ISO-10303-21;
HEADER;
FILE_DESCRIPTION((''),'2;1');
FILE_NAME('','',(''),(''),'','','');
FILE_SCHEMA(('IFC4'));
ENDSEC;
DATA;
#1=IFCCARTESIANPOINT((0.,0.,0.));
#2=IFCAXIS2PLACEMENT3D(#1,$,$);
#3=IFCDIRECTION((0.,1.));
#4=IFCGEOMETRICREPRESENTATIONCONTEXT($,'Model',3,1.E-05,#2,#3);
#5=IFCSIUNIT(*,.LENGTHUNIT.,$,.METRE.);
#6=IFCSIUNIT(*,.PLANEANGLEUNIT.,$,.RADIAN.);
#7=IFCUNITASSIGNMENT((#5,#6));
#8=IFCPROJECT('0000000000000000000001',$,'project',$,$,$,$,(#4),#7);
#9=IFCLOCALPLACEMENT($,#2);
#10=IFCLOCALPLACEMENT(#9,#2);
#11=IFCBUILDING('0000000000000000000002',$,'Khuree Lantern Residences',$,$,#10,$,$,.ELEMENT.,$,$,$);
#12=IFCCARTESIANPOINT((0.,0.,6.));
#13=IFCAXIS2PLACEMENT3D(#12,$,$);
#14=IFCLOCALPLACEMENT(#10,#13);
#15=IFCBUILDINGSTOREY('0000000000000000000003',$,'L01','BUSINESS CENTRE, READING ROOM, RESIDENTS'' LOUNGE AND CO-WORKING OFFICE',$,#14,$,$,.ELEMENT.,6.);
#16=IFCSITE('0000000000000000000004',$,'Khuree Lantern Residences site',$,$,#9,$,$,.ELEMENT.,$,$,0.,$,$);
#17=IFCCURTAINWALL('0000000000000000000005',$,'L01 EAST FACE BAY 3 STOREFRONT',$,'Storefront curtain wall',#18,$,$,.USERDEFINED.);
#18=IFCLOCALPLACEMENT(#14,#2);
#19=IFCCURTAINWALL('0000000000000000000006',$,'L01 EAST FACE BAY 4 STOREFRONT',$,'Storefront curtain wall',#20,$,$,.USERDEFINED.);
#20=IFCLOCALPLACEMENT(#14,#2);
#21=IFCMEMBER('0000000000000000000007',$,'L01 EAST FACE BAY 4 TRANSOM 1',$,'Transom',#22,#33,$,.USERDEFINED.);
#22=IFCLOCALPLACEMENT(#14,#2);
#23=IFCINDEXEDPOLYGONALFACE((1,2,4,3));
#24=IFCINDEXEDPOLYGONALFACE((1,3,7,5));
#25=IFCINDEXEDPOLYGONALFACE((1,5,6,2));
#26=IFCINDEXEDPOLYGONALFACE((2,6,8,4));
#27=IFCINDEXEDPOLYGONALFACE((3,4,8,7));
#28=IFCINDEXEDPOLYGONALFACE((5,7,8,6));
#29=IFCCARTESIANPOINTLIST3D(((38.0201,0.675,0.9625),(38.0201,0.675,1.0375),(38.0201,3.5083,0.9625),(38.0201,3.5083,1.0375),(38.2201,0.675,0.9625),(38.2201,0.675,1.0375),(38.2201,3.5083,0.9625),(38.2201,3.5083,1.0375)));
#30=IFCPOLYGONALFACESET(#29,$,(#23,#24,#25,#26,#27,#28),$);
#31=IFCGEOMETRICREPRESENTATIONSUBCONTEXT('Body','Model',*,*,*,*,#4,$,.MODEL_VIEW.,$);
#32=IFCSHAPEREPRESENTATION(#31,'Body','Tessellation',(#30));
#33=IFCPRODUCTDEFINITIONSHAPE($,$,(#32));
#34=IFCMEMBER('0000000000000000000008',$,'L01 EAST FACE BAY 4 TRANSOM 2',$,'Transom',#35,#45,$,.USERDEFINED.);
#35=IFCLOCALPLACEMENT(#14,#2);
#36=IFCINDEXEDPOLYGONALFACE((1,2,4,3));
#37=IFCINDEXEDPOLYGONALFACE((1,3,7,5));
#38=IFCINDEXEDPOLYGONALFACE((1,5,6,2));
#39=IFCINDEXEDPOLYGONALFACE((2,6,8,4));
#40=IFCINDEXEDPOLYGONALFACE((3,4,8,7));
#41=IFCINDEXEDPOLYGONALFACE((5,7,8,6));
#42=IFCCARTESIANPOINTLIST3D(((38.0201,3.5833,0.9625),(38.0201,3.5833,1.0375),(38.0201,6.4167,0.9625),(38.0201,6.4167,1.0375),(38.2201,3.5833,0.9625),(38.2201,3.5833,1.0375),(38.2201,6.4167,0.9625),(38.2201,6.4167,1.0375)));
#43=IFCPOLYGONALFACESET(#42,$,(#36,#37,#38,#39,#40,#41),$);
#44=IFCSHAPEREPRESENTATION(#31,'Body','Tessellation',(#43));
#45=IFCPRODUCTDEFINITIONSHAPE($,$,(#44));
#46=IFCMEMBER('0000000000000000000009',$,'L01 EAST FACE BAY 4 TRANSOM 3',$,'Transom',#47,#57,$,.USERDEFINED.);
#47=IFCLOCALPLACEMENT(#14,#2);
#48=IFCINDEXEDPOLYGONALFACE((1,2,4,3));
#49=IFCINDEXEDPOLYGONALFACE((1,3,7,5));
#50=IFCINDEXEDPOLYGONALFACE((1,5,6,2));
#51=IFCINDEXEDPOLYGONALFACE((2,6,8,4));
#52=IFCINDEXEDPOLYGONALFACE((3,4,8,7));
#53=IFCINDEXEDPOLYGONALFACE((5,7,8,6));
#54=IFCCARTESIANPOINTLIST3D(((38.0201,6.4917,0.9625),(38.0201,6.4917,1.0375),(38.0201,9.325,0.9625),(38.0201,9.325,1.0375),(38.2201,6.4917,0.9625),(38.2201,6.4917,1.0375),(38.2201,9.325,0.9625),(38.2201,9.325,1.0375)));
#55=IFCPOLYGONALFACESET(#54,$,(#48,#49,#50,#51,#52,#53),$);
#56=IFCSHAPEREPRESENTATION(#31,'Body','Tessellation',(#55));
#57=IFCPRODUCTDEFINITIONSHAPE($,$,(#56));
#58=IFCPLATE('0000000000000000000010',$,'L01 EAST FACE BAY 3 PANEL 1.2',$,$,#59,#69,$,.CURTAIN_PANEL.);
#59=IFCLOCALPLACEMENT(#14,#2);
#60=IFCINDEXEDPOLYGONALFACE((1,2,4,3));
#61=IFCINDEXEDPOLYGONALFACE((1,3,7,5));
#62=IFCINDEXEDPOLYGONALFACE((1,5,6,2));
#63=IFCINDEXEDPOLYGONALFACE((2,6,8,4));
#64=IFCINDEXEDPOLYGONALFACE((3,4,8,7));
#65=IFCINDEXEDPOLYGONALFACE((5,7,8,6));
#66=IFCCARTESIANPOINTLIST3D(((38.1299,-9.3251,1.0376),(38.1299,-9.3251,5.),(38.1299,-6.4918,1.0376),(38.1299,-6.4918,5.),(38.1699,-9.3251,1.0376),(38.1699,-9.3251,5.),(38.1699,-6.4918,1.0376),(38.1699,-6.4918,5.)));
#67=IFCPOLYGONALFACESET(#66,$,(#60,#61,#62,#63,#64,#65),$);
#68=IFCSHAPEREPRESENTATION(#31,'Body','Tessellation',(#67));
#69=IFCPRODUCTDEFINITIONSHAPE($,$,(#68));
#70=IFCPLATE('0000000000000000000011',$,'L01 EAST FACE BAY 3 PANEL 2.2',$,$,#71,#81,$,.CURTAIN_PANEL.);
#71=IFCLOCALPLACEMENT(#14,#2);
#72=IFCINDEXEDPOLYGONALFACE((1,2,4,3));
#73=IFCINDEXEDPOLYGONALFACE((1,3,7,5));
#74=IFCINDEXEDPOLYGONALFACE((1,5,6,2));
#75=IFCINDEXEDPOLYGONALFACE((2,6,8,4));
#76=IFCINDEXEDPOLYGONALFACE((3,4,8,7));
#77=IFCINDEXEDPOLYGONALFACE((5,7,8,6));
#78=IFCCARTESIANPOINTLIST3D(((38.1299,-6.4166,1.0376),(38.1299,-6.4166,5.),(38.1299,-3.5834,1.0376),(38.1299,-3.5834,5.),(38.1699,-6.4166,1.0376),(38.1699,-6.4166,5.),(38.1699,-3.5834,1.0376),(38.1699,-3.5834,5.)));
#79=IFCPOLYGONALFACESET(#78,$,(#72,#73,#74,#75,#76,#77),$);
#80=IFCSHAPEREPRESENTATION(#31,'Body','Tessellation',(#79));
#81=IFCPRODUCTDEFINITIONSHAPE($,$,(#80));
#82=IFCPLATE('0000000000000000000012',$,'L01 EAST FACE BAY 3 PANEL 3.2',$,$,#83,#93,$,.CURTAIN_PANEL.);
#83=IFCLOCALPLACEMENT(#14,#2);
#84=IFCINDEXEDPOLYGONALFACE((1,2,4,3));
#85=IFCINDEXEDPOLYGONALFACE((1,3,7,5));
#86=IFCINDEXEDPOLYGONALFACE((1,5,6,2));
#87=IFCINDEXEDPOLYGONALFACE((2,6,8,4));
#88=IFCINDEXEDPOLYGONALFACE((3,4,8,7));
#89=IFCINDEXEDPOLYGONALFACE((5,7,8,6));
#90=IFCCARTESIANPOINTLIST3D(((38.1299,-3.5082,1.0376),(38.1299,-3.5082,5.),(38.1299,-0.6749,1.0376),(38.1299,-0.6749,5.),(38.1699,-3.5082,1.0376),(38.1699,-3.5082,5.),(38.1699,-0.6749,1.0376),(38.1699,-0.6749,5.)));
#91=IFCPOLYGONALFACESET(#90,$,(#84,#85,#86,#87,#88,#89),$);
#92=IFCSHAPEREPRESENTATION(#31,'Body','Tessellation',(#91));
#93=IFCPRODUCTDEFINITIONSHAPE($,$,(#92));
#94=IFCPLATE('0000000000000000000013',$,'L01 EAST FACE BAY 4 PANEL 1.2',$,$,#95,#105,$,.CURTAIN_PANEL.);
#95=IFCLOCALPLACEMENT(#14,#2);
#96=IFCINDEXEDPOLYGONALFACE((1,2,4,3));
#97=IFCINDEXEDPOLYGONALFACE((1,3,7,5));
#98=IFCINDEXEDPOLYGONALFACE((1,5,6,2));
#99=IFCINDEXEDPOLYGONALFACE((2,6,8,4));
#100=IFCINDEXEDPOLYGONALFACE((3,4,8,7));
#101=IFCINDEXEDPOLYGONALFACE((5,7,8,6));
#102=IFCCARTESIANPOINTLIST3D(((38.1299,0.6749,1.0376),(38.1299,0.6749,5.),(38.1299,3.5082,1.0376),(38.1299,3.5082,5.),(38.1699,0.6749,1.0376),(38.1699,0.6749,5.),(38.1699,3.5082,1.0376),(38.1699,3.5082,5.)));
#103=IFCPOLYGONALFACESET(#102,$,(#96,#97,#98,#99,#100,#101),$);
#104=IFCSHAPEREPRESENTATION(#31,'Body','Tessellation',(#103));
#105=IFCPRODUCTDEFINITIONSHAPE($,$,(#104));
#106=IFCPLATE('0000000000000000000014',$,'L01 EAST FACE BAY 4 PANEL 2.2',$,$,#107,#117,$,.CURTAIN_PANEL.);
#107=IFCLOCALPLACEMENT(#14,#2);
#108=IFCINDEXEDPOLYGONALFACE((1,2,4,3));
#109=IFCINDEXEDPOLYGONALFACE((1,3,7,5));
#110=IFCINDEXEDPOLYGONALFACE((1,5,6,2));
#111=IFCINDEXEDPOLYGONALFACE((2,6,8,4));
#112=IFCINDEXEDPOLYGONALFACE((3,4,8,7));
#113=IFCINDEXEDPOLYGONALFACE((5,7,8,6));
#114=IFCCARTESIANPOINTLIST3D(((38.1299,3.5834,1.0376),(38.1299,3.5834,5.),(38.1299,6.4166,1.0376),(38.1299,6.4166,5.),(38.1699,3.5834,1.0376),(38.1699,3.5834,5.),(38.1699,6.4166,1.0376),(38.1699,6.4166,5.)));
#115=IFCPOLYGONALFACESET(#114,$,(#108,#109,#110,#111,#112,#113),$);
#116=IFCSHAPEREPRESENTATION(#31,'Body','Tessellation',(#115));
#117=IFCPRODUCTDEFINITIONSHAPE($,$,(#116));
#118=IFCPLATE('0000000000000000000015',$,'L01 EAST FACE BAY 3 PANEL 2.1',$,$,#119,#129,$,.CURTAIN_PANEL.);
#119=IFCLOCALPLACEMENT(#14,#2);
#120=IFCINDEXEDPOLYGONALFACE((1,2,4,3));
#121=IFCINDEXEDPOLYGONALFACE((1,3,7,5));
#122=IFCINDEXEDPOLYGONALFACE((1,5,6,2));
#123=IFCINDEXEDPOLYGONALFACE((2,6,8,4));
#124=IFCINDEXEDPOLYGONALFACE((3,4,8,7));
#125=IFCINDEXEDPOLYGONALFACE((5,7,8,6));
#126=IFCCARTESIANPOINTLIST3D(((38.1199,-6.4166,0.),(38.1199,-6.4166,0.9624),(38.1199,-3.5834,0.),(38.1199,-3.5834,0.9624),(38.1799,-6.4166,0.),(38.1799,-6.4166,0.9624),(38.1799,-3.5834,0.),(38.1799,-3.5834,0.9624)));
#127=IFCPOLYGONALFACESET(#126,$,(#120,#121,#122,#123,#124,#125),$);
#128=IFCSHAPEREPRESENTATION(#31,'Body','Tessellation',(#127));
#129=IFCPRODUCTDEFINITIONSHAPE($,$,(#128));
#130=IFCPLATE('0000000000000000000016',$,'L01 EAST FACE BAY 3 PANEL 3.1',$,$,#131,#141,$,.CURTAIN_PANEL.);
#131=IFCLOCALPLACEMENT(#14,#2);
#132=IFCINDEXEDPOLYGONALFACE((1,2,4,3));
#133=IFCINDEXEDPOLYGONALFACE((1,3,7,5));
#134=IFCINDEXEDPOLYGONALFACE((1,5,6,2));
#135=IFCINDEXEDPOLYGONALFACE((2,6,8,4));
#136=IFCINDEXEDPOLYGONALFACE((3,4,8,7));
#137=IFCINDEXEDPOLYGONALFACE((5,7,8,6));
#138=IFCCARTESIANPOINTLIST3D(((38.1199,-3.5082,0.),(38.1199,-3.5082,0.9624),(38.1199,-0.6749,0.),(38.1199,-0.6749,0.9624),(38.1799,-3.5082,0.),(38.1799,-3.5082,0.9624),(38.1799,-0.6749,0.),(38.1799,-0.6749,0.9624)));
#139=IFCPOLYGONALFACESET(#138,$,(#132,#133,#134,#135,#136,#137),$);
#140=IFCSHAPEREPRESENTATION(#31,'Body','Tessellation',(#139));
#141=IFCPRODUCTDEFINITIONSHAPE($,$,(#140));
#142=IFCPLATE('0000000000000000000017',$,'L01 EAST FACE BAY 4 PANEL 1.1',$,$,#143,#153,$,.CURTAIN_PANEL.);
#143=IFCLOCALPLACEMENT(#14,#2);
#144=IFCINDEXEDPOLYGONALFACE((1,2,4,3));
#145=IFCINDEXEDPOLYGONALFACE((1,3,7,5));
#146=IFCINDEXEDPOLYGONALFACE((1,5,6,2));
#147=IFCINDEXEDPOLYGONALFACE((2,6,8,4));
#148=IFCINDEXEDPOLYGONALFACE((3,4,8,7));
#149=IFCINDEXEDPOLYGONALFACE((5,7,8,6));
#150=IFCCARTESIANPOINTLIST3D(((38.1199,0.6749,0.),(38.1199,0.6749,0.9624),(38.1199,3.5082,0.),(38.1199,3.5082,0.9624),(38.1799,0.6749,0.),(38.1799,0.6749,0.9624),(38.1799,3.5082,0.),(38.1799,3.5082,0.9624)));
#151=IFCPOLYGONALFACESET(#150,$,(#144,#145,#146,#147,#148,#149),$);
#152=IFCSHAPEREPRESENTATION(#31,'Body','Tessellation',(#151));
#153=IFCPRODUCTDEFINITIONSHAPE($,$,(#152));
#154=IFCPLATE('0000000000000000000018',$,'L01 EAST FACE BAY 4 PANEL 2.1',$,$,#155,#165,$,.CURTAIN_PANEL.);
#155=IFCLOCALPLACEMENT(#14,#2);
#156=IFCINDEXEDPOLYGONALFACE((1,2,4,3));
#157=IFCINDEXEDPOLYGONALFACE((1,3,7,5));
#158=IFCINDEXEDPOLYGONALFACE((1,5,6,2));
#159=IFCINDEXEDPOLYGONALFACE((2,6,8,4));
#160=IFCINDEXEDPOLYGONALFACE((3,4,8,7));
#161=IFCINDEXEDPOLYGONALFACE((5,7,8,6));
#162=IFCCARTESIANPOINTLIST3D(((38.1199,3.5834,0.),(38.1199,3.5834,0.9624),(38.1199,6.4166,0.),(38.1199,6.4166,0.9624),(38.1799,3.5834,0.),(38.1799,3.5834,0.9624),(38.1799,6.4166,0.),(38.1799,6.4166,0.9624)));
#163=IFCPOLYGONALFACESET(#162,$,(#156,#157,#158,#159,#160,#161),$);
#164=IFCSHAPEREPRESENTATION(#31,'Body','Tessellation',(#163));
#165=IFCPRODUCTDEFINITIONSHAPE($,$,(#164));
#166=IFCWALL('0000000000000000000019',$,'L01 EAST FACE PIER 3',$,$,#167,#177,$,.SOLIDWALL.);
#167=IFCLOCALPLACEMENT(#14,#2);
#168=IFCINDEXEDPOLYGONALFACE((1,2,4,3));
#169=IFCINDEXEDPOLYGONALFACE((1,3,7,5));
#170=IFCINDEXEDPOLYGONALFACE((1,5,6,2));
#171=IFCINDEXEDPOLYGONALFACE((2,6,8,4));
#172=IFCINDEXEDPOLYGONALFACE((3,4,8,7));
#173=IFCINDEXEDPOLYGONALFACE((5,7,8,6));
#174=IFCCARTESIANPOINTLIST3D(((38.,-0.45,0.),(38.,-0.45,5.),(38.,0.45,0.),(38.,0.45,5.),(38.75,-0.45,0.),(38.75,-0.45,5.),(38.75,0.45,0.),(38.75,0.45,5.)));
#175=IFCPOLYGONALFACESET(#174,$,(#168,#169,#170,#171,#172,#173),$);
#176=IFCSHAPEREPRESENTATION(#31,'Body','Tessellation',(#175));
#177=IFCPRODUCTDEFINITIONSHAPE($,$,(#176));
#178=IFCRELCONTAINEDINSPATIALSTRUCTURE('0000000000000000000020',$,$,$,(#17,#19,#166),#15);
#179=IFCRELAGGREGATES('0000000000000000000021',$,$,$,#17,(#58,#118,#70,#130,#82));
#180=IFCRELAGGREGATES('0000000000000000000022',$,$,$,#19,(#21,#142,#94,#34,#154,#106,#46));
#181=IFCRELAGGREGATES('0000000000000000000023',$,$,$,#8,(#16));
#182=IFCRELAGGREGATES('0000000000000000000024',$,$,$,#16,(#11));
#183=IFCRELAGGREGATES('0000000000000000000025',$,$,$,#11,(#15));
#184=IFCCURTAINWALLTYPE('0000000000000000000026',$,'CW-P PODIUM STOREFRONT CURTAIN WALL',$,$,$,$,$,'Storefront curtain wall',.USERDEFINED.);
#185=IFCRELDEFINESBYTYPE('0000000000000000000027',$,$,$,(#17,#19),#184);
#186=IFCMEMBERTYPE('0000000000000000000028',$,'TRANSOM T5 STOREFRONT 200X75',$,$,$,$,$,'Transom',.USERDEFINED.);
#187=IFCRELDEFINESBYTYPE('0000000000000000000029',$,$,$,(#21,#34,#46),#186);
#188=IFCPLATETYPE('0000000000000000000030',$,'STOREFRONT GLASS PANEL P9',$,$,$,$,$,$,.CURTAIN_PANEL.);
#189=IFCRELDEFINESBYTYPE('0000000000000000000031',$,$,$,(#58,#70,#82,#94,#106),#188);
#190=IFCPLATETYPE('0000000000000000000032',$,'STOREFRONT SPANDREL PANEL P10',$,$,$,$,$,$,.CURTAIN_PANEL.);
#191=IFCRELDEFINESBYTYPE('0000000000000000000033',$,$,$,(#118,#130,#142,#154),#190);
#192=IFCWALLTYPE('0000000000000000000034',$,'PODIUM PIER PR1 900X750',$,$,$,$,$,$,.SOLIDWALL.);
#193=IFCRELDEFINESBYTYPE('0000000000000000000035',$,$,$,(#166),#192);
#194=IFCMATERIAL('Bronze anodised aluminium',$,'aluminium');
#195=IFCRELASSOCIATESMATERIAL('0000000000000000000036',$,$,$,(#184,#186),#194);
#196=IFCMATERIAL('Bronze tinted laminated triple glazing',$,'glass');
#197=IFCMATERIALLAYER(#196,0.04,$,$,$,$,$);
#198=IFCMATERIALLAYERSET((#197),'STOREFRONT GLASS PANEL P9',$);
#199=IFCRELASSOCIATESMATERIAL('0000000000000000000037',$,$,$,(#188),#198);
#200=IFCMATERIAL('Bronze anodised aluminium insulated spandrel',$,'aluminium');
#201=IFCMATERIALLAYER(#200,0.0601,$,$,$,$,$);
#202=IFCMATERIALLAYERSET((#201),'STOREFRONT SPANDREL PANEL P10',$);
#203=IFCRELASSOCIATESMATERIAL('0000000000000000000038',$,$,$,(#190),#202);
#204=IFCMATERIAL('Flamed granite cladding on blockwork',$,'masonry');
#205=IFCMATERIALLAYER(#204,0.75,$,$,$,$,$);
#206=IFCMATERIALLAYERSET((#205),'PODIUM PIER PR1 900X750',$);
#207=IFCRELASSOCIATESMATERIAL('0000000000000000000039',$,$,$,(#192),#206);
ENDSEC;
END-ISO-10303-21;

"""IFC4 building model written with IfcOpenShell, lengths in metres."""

from ifc_helpers import new_model, si_unit, direction, frame, frame_2d, origin, origin_2d, place, context, subcontext, project, spatial, rectangle, extrude, material, layer, layer_set, material_profile, profile_set, type_object, element, aggregate, save


model = new_model("IFC4")

# Units and contexts
model_context = context("Model", 3, precision=1e-05, world=origin(), true_north=direction((0.0, 1.0)))
body_context = subcontext(model_context, "Body", "Model", "MODEL_VIEW")
ifc_project = project(units=[si_unit("LENGTHUNIT", "METRE"), si_unit("PLANEANGLEUNIT", "RADIAN")], contexts=[model_context])

# Site, building, storey
site_placement = place(None, origin())
site = spatial("IfcSite", under=ifc_project, at=site_placement, Name="Khuree Lantern Residences site", CompositionType="ELEMENT", RefElevation=0.0)
building_placement = place(site_placement, origin())
building = spatial("IfcBuilding", under=site, at=building_placement, Name="Khuree Lantern Residences", CompositionType="ELEMENT")
storey_placement = place(building_placement, frame((0.0, 0.0, 6.0)))
storey = spatial("IfcBuildingStorey", under=building, at=storey_placement, Name="L01", Description="BUSINESS CENTRE, READING ROOM, RESIDENTS' LOUNGE AND CO-WORKING OFFICE", CompositionType="ELEMENT", Elevation=6.0)

# Curtain walls
ifc_material_1 = material(Name="Bronze anodised aluminium", Category="aluminium")
curtain_wall_type = type_object("IfcCurtainWallType", Name="CW-P PODIUM STOREFRONT CURTAIN WALL", ElementType="Storefront curtain wall", PredefinedType="USERDEFINED", material=ifc_material_1)
curtain_wall_1_placement = place(storey_placement, origin())
curtain_wall_1 = element("IfcCurtainWall", 1, at=curtain_wall_1_placement, inside=storey, type_object=curtain_wall_type, Name="L01 EAST FACE BAY 3 STOREFRONT", ObjectType="Storefront curtain wall", PredefinedType="USERDEFINED")
curtain_wall_2_placement = place(storey_placement, origin())
curtain_wall_2 = element("IfcCurtainWall", 2, at=curtain_wall_2_placement, inside=storey, type_object=curtain_wall_type, Name="L01 EAST FACE BAY 4 STOREFRONT", ObjectType="Storefront curtain wall", PredefinedType="USERDEFINED")

# Members
ifc_material_profile_1 = material_profile(ifc_material_1, rectangle(XDim=0.2, YDim=0.075, at=origin_2d()), Name="T5 200X75")
ifc_profile_set_1 = profile_set([ifc_material_profile_1], Name="Bronze anodised aluminium")
member_type_1 = type_object("IfcMemberType", Name="TRANSOM T5 STOREFRONT 200X75", ElementType="Transom", PredefinedType="USERDEFINED", material=ifc_profile_set_1)
member_1_placement = place(storey_placement, frame((38.1201, 0.675, 1.0), z_axis=(0.0, 1.0, 0.0), x_axis=(-1.0, 0.0, 0.0)))
member_1 = element("IfcMember", 3, at=member_1_placement, type_object=member_type_1, Name="L01 EAST FACE BAY 4 TRANSOM 1", ObjectType="Transom", PredefinedType="USERDEFINED", context=body_context, shape_type="SweptSolid", body=[
    extrude(rectangle(XDim=0.2, YDim=0.075, at=origin_2d()), origin(), (0.0, 0.0, 1.0), 2.8333),
])
member_2_placement = place(storey_placement, frame((38.1201, 3.5833, 1.0), z_axis=(0.0, 1.0, 0.0), x_axis=(-1.0, 0.0, 0.0)))
member_2 = element("IfcMember", 4, at=member_2_placement, type_object=member_type_1, Name="L01 EAST FACE BAY 4 TRANSOM 2", ObjectType="Transom", PredefinedType="USERDEFINED", context=body_context, shape_type="SweptSolid", body=[
    extrude(rectangle(XDim=0.2, YDim=0.075, at=origin_2d()), origin(), (0.0, 0.0, 1.0), 2.8335),
])
member_3_placement = place(storey_placement, frame((38.1201, 6.4917, 1.0), z_axis=(0.0, 1.0, 0.0), x_axis=(-1.0, 0.0, 0.0)))
member_3 = element("IfcMember", 5, at=member_3_placement, type_object=member_type_1, Name="L01 EAST FACE BAY 4 TRANSOM 3", ObjectType="Transom", PredefinedType="USERDEFINED", context=body_context, shape_type="SweptSolid", body=[
    extrude(rectangle(XDim=0.2, YDim=0.075, at=origin_2d()), origin(), (0.0, 0.0, 1.0), 2.8333),
])

# Plates
ifc_material_2 = material(Name="Bronze tinted laminated triple glazing", Category="glass")
ifc_layer_1 = layer(ifc_material_2, 0.04)
ifc_layer_set_1 = layer_set([ifc_layer_1], Name="STOREFRONT GLASS PANEL P9")
plate_type_1 = type_object("IfcPlateType", Name="STOREFRONT GLASS PANEL P9", PredefinedType="CURTAIN_PANEL", material=ifc_layer_set_1)
plate_1_placement = place(storey_placement, frame((38.1499, -7.9084, 1.0376), z_axis=(0.0, 0.0, 1.0), x_axis=(0.0, 1.0, 0.0)))
plate_1 = element("IfcPlate", 6, at=plate_1_placement, type_object=plate_type_1, Name="L01 EAST FACE BAY 3 PANEL 1.2", PredefinedType="CURTAIN_PANEL", context=body_context, shape_type="SweptSolid", body=[
    extrude(rectangle(XDim=2.8333, YDim=0.04, at=origin_2d()), origin(), (0.0, 0.0, 1.0), 3.9624),
])
plate_2_placement = place(storey_placement, frame((38.1499, -5.0, 1.0376), z_axis=(0.0, 0.0, 1.0), x_axis=(0.0, 1.0, 0.0)))
plate_2 = element("IfcPlate", 7, at=plate_2_placement, type_object=plate_type_1, Name="L01 EAST FACE BAY 3 PANEL 2.2", PredefinedType="CURTAIN_PANEL", context=body_context, shape_type="SweptSolid", body=[
    extrude(rectangle(XDim=2.8333, YDim=0.04, at=origin_2d()), origin(), (0.0, 0.0, 1.0), 3.9624),
])
plate_3_placement = place(storey_placement, frame((38.1499, -2.0916, 1.0376), z_axis=(0.0, 0.0, 1.0), x_axis=(0.0, 1.0, 0.0)))
plate_3 = element("IfcPlate", 8, at=plate_3_placement, type_object=plate_type_1, Name="L01 EAST FACE BAY 3 PANEL 3.2", PredefinedType="CURTAIN_PANEL", context=body_context, shape_type="SweptSolid", body=[
    extrude(rectangle(XDim=2.8333, YDim=0.04, at=origin_2d()), origin(), (0.0, 0.0, 1.0), 3.9624),
])
plate_4_placement = place(storey_placement, frame((38.1499, 2.0916, 1.0376), z_axis=(0.0, 0.0, 1.0), x_axis=(0.0, 1.0, 0.0)))
plate_4 = element("IfcPlate", 9, at=plate_4_placement, type_object=plate_type_1, Name="L01 EAST FACE BAY 4 PANEL 1.2", PredefinedType="CURTAIN_PANEL", context=body_context, shape_type="SweptSolid", body=[
    extrude(rectangle(XDim=2.8333, YDim=0.04, at=origin_2d()), origin(), (0.0, 0.0, 1.0), 3.9624),
])
plate_5_placement = place(storey_placement, frame((38.1499, 5.0, 1.0376), z_axis=(0.0, 0.0, 1.0), x_axis=(0.0, 1.0, 0.0)))
plate_5 = element("IfcPlate", 10, at=plate_5_placement, type_object=plate_type_1, Name="L01 EAST FACE BAY 4 PANEL 2.2", PredefinedType="CURTAIN_PANEL", context=body_context, shape_type="SweptSolid", body=[
    extrude(rectangle(XDim=2.8333, YDim=0.04, at=origin_2d()), origin(), (0.0, 0.0, 1.0), 3.9624),
])
ifc_material_3 = material(Name="Bronze anodised aluminium insulated spandrel", Category="aluminium")
ifc_layer_2 = layer(ifc_material_3, 0.0601)
ifc_layer_set_2 = layer_set([ifc_layer_2], Name="STOREFRONT SPANDREL PANEL P10")
plate_type_2 = type_object("IfcPlateType", Name="STOREFRONT SPANDREL PANEL P10", PredefinedType="CURTAIN_PANEL", material=ifc_layer_set_2)
plate_6_placement = place(storey_placement, frame((38.1499, -5.0, 0.0), z_axis=(0.0, 0.0, 1.0), x_axis=(0.0, 1.0, 0.0)))
plate_6 = element("IfcPlate", 11, at=plate_6_placement, type_object=plate_type_2, Name="L01 EAST FACE BAY 3 PANEL 2.1", PredefinedType="CURTAIN_PANEL", context=body_context, shape_type="SweptSolid", body=[
    extrude(rectangle(XDim=2.8333, YDim=0.0601, at=origin_2d()), origin(), (0.0, 0.0, 1.0), 0.9624),
])
plate_7_placement = place(storey_placement, frame((38.1499, -2.0916, 0.0), z_axis=(0.0, 0.0, 1.0), x_axis=(0.0, 1.0, 0.0)))
plate_7 = element("IfcPlate", 12, at=plate_7_placement, type_object=plate_type_2, Name="L01 EAST FACE BAY 3 PANEL 3.1", PredefinedType="CURTAIN_PANEL", context=body_context, shape_type="SweptSolid", body=[
    extrude(rectangle(XDim=2.8333, YDim=0.0601, at=origin_2d()), origin(), (0.0, 0.0, 1.0), 0.9624),
])
aggregate(curtain_wall_1, [plate_1, plate_6, plate_2, plate_7, plate_3])
plate_8_placement = place(storey_placement, frame((38.1499, 2.0916, 0.0), z_axis=(0.0, 0.0, 1.0), x_axis=(0.0, 1.0, 0.0)))
plate_8 = element("IfcPlate", 13, at=plate_8_placement, type_object=plate_type_2, Name="L01 EAST FACE BAY 4 PANEL 1.1", PredefinedType="CURTAIN_PANEL", context=body_context, shape_type="SweptSolid", body=[
    extrude(rectangle(XDim=2.8333, YDim=0.0601, at=origin_2d()), origin(), (0.0, 0.0, 1.0), 0.9624),
])
plate_9_placement = place(storey_placement, frame((38.1499, 5.0, 0.0), z_axis=(0.0, 0.0, 1.0), x_axis=(0.0, 1.0, 0.0)))
plate_9 = element("IfcPlate", 14, at=plate_9_placement, type_object=plate_type_2, Name="L01 EAST FACE BAY 4 PANEL 2.1", PredefinedType="CURTAIN_PANEL", context=body_context, shape_type="SweptSolid", body=[
    extrude(rectangle(XDim=2.8333, YDim=0.0601, at=origin_2d()), origin(), (0.0, 0.0, 1.0), 0.9624),
])
aggregate(curtain_wall_2, [member_1, plate_8, plate_4, member_2, plate_9, plate_5, member_3])

# Wall
ifc_material_4 = material(Name="Flamed granite cladding on blockwork", Category="masonry")
ifc_layer_3 = layer(ifc_material_4, 0.75)
ifc_layer_set_3 = layer_set([ifc_layer_3], Name="PODIUM PIER PR1 900X750")
wall_type = type_object("IfcWallType", Name="PODIUM PIER PR1 900X750", PredefinedType="SOLIDWALL", material=ifc_layer_set_3)
wall_placement = place(storey_placement, frame((38.375, -0.45, 0.0), z_axis=(0.0, 0.0, 1.0), x_axis=(0.0, 1.0, 0.0)))
element("IfcWall", 15, at=wall_placement, inside=storey, type_object=wall_type, Name="L01 EAST FACE PIER 3", PredefinedType="SOLIDWALL", context=body_context, shape_type="SweptSolid", body=[
    extrude(rectangle(XDim=0.8999, YDim=0.75, at=frame_2d((0.45, 0.0))), origin(), (0.0, 0.0, 1.0), 5.0),
])

save(model, "model.ifc")
